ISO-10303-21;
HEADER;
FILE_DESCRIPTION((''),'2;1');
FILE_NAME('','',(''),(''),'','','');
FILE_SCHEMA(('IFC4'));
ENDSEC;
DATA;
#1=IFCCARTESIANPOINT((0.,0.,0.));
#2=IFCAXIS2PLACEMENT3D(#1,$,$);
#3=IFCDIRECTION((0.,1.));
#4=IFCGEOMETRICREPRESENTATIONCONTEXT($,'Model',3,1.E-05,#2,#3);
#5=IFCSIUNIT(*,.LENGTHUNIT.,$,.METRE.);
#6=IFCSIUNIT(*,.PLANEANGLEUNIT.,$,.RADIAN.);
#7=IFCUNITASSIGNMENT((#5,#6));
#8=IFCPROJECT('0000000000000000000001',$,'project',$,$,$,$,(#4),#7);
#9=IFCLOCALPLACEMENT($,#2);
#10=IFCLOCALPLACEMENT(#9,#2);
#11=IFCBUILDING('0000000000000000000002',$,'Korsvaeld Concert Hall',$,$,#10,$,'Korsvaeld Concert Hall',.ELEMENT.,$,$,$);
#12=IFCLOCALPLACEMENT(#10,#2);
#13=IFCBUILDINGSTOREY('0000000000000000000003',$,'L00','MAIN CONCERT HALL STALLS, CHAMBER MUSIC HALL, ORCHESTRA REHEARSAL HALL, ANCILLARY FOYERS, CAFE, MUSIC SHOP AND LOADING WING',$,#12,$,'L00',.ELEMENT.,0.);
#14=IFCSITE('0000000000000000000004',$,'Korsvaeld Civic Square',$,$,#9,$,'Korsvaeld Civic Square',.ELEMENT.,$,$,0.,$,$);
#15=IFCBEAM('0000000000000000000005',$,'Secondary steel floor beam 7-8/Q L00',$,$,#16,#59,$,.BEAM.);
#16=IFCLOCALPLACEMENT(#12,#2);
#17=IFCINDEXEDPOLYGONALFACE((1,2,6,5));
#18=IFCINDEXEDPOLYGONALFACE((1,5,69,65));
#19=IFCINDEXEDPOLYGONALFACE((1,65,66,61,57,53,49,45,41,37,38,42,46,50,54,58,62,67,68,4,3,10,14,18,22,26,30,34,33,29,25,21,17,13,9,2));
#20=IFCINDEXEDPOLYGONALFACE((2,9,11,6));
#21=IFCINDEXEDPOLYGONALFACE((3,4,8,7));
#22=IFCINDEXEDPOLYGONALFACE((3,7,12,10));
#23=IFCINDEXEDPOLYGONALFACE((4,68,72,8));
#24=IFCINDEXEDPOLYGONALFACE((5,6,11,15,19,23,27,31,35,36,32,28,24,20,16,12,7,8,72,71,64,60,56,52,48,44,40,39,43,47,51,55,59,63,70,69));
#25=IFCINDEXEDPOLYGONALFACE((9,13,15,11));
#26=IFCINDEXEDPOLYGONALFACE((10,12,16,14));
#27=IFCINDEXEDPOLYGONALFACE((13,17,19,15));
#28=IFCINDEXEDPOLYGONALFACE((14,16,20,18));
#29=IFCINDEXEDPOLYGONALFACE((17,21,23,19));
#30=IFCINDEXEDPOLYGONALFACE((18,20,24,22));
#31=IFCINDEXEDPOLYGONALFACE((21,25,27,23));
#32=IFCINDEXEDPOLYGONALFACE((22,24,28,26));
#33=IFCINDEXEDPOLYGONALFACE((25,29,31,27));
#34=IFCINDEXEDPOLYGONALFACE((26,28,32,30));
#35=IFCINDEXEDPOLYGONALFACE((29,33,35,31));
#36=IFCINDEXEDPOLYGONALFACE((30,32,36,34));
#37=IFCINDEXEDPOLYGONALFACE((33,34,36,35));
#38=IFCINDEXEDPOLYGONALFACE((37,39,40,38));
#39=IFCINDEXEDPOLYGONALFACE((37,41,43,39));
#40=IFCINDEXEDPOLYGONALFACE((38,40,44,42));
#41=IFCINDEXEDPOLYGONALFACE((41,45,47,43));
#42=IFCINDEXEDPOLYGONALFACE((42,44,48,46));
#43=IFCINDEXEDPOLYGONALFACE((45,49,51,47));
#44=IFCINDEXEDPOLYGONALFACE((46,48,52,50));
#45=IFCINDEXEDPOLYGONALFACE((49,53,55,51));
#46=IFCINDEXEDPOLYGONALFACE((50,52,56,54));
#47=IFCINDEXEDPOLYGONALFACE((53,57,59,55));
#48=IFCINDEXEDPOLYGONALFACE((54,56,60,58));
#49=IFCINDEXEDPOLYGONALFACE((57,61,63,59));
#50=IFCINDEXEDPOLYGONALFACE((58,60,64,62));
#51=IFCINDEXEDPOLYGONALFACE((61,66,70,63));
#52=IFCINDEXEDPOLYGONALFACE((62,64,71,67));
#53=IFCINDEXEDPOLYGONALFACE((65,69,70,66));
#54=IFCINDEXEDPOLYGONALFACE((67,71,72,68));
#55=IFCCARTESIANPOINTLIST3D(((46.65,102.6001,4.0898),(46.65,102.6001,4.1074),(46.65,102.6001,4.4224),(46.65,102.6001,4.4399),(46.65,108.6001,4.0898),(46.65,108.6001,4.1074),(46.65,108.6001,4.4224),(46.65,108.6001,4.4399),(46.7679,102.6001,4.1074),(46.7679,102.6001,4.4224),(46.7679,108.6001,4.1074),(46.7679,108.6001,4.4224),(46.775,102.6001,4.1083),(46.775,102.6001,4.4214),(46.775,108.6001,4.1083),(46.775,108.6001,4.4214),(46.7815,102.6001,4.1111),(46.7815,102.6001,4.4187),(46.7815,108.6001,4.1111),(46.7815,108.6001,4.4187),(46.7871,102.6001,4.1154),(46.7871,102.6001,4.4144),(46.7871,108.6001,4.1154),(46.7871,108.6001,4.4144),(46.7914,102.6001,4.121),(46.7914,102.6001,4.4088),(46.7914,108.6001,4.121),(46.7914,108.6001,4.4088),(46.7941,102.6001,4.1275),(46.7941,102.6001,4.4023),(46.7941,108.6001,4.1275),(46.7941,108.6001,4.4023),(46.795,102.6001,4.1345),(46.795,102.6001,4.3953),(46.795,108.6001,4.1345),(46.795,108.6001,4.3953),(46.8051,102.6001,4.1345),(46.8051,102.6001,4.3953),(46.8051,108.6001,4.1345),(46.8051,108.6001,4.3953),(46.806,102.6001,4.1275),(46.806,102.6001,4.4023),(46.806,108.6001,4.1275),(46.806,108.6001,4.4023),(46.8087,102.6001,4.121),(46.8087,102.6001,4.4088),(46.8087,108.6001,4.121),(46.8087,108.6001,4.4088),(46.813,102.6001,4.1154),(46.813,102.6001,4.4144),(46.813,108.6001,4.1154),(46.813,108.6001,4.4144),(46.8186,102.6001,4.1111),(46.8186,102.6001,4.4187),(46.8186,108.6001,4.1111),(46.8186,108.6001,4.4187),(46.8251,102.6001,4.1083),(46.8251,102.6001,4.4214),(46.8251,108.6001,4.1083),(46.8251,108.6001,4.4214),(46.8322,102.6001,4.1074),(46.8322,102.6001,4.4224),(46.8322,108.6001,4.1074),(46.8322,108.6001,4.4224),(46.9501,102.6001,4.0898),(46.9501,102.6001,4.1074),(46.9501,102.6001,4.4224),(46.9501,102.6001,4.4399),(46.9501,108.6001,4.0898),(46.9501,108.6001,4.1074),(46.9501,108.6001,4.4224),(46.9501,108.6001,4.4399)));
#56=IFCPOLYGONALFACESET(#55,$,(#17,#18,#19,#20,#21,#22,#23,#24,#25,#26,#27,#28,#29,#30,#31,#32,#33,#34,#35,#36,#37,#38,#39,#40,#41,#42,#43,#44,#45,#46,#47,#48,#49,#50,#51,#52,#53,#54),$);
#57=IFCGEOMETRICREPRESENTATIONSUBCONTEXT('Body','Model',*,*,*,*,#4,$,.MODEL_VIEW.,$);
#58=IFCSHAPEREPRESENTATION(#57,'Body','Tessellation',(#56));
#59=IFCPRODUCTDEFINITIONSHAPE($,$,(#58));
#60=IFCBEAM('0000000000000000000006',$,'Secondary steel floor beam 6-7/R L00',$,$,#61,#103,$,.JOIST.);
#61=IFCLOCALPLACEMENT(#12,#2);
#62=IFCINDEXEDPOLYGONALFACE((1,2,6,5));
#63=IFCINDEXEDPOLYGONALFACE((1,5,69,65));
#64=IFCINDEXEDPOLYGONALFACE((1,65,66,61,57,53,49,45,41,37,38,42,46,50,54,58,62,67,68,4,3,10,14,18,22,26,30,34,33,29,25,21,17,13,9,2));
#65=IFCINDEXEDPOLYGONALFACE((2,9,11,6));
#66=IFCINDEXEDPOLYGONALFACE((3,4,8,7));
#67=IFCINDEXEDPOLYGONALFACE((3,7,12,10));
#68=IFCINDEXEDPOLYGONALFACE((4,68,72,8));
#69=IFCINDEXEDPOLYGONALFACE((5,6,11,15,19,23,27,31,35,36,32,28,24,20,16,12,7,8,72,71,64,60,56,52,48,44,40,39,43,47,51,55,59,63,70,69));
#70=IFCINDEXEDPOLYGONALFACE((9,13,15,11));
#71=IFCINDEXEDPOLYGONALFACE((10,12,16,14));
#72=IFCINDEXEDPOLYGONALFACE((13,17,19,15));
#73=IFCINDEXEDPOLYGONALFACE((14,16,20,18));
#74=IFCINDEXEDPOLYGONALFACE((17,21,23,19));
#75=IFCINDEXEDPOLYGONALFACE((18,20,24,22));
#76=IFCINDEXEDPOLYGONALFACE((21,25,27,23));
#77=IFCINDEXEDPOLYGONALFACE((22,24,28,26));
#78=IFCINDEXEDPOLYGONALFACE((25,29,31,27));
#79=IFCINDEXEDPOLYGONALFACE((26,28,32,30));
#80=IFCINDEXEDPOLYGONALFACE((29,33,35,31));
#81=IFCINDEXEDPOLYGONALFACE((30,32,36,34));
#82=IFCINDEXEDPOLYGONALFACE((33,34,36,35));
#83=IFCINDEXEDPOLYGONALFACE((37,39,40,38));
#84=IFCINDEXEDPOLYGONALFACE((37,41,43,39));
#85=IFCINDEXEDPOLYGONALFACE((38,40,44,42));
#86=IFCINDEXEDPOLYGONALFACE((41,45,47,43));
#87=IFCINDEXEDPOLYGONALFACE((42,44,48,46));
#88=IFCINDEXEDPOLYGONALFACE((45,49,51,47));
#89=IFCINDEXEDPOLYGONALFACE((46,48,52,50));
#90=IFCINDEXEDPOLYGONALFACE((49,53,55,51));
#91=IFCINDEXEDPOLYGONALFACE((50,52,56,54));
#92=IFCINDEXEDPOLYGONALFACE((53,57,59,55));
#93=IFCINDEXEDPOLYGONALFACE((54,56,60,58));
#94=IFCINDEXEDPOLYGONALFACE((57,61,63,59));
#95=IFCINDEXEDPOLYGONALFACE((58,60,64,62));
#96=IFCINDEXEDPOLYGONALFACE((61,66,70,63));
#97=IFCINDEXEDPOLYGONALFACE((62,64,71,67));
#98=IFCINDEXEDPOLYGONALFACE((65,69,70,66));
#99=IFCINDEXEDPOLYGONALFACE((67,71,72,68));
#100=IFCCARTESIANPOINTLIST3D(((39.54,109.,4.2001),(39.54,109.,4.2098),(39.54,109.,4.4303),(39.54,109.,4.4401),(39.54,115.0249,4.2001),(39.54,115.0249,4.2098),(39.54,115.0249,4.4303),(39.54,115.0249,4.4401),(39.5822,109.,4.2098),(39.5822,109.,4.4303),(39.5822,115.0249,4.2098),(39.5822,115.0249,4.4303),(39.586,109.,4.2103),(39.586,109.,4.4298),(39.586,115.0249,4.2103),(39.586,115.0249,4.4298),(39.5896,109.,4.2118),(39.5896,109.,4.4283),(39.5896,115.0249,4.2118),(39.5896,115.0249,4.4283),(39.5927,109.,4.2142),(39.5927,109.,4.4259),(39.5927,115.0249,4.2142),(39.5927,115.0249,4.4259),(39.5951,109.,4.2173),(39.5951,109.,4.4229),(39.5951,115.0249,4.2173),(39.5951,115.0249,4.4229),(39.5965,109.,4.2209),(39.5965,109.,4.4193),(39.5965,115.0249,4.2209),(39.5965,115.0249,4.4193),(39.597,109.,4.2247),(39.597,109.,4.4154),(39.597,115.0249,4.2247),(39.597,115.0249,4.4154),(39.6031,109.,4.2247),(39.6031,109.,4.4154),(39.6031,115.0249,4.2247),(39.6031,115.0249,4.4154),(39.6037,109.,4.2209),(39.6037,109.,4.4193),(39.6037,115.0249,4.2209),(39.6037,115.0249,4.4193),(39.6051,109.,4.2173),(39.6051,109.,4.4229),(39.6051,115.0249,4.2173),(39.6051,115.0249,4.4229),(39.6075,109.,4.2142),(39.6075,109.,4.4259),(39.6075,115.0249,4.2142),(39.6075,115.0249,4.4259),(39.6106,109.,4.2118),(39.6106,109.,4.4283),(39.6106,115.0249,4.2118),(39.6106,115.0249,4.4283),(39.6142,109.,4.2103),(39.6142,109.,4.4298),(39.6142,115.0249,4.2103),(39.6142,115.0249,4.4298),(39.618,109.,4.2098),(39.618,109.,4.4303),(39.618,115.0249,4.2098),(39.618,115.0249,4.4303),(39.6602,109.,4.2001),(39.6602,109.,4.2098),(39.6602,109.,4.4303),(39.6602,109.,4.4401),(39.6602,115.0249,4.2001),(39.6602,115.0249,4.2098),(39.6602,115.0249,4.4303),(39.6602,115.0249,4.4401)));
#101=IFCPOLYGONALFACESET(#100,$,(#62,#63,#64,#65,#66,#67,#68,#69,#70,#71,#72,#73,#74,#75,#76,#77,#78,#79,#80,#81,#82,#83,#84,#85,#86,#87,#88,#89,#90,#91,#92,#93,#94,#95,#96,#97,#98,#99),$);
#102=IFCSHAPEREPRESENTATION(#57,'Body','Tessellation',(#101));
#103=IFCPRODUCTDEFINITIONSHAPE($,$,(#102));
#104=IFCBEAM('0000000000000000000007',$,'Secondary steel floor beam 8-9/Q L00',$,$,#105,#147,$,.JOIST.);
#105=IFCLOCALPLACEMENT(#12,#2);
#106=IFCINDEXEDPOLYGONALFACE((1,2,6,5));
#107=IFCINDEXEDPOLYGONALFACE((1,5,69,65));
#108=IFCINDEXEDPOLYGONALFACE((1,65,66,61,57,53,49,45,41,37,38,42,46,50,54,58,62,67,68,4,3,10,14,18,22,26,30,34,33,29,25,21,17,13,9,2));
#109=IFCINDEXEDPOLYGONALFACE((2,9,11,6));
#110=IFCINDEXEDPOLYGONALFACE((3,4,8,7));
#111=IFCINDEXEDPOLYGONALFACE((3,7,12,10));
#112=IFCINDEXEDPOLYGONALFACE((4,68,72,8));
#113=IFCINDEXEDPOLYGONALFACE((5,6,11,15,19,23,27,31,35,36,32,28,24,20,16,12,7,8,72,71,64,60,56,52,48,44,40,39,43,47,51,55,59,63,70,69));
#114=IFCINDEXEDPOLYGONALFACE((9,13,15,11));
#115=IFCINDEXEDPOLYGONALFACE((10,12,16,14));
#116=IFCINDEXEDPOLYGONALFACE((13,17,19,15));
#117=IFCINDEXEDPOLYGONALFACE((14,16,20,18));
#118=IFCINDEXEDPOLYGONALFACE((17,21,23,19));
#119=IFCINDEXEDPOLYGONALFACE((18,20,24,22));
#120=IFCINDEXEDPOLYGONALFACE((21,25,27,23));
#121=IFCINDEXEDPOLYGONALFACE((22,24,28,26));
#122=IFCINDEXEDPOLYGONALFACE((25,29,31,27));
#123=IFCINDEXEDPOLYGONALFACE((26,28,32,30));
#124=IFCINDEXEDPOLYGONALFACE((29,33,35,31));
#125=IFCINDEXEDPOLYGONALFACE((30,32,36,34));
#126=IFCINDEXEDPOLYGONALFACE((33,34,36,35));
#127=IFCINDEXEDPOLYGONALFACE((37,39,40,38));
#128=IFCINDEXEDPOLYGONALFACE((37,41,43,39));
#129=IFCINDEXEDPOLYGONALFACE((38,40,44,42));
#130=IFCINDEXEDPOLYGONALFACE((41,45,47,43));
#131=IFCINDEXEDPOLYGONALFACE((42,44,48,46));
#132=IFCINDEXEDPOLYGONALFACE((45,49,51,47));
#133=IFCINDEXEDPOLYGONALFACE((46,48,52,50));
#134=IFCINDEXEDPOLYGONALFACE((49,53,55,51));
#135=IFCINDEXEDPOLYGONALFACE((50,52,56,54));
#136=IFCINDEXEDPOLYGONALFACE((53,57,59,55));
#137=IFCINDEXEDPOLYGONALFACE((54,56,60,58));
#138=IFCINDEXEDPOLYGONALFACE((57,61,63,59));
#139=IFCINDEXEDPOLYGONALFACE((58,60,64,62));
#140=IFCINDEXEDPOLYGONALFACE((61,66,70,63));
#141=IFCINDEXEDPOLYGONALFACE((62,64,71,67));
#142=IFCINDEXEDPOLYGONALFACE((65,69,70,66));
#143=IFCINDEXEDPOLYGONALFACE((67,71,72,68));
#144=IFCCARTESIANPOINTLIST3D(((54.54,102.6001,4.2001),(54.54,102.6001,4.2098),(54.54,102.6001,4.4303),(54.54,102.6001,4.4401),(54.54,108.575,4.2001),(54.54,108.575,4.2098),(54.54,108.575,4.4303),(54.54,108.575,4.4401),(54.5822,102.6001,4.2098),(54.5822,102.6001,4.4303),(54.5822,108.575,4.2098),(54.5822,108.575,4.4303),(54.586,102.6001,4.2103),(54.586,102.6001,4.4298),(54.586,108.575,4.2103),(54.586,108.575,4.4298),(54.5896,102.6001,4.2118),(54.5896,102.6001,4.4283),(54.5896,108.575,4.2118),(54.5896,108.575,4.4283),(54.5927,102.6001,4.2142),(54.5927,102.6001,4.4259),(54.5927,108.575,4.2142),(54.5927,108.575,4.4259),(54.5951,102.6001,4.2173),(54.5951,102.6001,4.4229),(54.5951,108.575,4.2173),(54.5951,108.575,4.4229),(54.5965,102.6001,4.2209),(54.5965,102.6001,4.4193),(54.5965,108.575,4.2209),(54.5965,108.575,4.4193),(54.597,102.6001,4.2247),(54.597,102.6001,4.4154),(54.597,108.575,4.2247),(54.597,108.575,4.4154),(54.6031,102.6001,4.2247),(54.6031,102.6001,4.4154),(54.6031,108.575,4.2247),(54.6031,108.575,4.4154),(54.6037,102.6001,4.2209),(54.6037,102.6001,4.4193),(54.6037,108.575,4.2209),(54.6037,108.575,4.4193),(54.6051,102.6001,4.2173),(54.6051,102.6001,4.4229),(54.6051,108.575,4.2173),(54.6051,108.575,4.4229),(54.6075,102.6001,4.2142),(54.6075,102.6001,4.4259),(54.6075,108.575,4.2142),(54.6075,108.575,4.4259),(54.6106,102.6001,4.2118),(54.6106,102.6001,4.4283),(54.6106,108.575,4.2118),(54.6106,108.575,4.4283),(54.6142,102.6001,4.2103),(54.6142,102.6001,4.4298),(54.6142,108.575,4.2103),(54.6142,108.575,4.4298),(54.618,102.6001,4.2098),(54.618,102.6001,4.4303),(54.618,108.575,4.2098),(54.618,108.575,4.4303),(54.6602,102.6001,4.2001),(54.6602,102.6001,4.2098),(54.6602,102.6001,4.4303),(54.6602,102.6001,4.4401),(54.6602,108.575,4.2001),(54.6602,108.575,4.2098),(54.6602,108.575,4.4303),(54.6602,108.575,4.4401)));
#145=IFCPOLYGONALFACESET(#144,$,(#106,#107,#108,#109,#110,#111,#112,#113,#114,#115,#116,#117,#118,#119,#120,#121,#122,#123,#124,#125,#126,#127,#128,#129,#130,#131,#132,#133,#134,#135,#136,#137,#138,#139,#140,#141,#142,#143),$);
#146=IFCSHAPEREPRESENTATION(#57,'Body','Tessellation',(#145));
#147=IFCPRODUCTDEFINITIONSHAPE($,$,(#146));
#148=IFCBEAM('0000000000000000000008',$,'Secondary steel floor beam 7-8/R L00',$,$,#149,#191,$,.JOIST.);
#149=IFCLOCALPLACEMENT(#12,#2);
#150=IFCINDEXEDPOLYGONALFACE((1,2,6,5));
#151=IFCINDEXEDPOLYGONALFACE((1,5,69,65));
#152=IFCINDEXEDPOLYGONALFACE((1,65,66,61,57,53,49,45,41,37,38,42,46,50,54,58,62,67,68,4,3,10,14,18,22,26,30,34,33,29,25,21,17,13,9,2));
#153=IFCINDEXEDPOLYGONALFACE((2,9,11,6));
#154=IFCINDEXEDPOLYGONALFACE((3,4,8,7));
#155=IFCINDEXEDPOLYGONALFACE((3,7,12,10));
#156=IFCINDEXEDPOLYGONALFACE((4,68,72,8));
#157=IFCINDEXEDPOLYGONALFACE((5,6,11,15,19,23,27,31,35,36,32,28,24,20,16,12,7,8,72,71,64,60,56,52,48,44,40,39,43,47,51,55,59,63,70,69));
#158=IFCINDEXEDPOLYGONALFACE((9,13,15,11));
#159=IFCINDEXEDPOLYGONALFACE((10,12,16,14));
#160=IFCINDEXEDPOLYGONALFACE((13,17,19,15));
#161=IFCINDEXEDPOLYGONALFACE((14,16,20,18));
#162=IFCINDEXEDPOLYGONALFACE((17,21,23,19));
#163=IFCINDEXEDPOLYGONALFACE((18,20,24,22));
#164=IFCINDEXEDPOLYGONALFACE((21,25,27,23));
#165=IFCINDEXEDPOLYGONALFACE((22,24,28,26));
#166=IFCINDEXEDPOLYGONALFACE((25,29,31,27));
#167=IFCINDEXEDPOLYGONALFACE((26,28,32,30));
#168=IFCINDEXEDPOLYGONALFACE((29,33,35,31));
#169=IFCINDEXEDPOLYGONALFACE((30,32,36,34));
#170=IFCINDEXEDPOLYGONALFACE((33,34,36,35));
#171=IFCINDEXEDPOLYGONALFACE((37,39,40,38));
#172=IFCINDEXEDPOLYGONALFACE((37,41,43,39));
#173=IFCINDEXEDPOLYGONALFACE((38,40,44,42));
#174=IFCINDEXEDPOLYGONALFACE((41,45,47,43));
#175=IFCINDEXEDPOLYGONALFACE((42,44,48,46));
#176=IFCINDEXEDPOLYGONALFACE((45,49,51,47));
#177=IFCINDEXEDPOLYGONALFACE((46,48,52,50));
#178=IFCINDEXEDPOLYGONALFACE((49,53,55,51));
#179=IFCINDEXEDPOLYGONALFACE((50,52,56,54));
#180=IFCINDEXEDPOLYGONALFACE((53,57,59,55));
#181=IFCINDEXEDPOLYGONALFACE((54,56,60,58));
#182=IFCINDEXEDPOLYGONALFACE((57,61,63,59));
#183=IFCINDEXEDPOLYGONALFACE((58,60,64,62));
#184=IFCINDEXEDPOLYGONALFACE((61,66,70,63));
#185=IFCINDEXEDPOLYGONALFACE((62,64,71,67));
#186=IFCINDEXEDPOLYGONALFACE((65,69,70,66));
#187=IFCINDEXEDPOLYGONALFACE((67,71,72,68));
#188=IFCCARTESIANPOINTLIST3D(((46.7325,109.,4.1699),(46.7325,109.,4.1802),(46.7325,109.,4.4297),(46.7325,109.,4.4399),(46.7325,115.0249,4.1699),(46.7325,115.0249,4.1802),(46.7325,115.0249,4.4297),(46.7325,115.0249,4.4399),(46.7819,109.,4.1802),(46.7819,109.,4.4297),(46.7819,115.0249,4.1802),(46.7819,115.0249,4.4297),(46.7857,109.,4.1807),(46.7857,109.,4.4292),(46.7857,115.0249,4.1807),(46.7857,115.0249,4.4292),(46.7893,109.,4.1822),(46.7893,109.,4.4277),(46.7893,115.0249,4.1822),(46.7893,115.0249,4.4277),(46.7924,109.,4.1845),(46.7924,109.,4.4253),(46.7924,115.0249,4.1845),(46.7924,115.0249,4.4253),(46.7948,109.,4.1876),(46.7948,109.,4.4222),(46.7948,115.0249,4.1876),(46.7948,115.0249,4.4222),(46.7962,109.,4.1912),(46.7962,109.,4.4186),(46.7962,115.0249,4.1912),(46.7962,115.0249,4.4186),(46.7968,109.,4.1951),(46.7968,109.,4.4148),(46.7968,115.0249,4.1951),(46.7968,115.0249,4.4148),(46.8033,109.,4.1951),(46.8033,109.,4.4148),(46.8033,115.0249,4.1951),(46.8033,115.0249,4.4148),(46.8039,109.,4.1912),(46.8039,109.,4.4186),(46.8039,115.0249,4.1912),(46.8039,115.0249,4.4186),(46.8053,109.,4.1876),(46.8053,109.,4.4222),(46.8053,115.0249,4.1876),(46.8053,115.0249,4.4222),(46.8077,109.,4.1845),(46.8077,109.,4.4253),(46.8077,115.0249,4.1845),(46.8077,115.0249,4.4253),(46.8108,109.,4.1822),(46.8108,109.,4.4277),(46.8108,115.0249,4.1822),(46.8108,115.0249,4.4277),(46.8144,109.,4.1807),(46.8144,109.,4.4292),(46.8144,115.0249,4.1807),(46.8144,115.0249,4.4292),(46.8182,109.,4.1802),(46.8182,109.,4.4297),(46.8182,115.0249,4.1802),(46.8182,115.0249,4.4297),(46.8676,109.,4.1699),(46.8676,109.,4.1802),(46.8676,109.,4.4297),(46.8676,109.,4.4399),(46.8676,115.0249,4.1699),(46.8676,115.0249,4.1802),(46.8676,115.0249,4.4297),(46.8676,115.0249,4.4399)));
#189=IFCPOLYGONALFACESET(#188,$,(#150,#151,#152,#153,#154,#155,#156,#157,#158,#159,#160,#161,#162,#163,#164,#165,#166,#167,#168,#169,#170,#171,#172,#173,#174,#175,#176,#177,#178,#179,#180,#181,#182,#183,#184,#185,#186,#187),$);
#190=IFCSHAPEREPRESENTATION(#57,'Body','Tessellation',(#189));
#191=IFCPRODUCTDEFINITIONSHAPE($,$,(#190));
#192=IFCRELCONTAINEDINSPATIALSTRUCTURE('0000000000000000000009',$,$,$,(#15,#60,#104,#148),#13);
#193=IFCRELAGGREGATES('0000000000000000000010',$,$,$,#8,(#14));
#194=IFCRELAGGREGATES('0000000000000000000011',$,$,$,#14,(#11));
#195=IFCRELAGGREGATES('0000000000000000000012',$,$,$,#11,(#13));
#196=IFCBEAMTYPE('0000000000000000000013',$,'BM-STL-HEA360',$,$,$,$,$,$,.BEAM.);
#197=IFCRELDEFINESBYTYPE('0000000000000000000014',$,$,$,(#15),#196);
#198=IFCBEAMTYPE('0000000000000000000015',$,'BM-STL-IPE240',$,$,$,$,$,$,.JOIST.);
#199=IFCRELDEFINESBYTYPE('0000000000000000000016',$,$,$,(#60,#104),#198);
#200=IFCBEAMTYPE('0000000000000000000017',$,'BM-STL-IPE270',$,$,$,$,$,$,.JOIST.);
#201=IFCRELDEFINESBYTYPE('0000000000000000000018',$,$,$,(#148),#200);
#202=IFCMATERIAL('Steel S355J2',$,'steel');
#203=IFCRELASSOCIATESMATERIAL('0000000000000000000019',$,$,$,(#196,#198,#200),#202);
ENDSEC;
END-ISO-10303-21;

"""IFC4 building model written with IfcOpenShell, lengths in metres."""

from ifc_helpers import new_model, si_unit, direction, frame, origin, origin_2d, place, context, subcontext, project, spatial, i_section, extrude, material, material_profile, profile_set, type_object, element, save


model = new_model("IFC4")

# Units and contexts
model_context = context("Model", 3, precision=1e-05, world=origin(), true_north=direction((0.0, 1.0)))
body_context = subcontext(model_context, "Body", "Model", "MODEL_VIEW")
ifc_project = project(units=[si_unit("LENGTHUNIT", "METRE"), si_unit("PLANEANGLEUNIT", "RADIAN")], contexts=[model_context])

# Site, building, storey
site_placement = place(None, origin())
site = spatial("IfcSite", under=ifc_project, at=site_placement, Name="Korsvaeld Civic Square", LongName="Korsvaeld Civic Square", CompositionType="ELEMENT", RefElevation=0.0)
building_placement = place(site_placement, origin())
building = spatial("IfcBuilding", under=site, at=building_placement, Name="Korsvaeld Concert Hall", LongName="Korsvaeld Concert Hall", CompositionType="ELEMENT")
storey_placement = place(building_placement, origin())
storey = spatial("IfcBuildingStorey", under=building, at=storey_placement, Name="L00", Description="MAIN CONCERT HALL STALLS, CHAMBER MUSIC HALL, ORCHESTRA REHEARSAL HALL, ANCILLARY FOYERS, CAFE, MUSIC SHOP AND LOADING WING", LongName="L00", CompositionType="ELEMENT", Elevation=0.0)

# Beams
ifc_material_1 = material(Name="Steel S355J2", Category="steel")
ifc_material_profile_1 = material_profile(ifc_material_1, i_section(OverallWidth=0.3, OverallDepth=0.3501, WebThickness=0.01, FlangeThickness=0.0176, FilletRadius=0.0271, at=origin_2d()), Name="HEA 360")
ifc_profile_set_1 = profile_set([ifc_material_profile_1], Name="Steel S355J2")
beam_type_1 = type_object("IfcBeamType", Name="BM-STL-HEA360", PredefinedType="BEAM", material=ifc_profile_set_1)
beam_1_placement = place(storey_placement, frame((46.8, 102.6001, 4.2649), z_axis=(0.0, 1.0, 0.0), x_axis=(-1.0, 0.0, 0.0)))
element("IfcBeam", 1, at=beam_1_placement, inside=storey, type_object=beam_type_1, Name="Secondary steel floor beam 7-8/Q L00", PredefinedType="BEAM", context=body_context, shape_type="SweptSolid", body=[
    extrude(i_section(OverallWidth=0.3, OverallDepth=0.3501, WebThickness=0.01, FlangeThickness=0.0176, FilletRadius=0.0271, at=origin_2d()), origin(), (0.0, 0.0, 1.0), 6.0),
])
ifc_material_profile_2 = material_profile(ifc_material_1, i_section(OverallWidth=0.1201, OverallDepth=0.24, WebThickness=0.0061, FlangeThickness=0.0098, FilletRadius=0.0149, at=origin_2d()), Name="IPE 240")
ifc_profile_set_2 = profile_set([ifc_material_profile_2], Name="Steel S355J2")
beam_type_2 = type_object("IfcBeamType", Name="BM-STL-IPE240", PredefinedType="JOIST", material=ifc_profile_set_2)
beam_2_placement = place(storey_placement, frame((39.6001, 109.0, 4.3201), z_axis=(0.0, 1.0, 0.0), x_axis=(-1.0, 0.0, 0.0)))
element("IfcBeam", 2, at=beam_2_placement, inside=storey, type_object=beam_type_2, Name="Secondary steel floor beam 6-7/R L00", PredefinedType="JOIST", context=body_context, shape_type="SweptSolid", body=[
    extrude(i_section(OverallWidth=0.1201, OverallDepth=0.24, WebThickness=0.0061, FlangeThickness=0.0098, FilletRadius=0.0149, at=origin_2d()), origin(), (0.0, 0.0, 1.0), 6.0249),
])
beam_3_placement = place(storey_placement, frame((54.6001, 102.6001, 4.3201), z_axis=(0.0, 1.0, 0.0), x_axis=(-1.0, 0.0, 0.0)))
element("IfcBeam", 3, at=beam_3_placement, inside=storey, type_object=beam_type_2, Name="Secondary steel floor beam 8-9/Q L00", PredefinedType="JOIST", context=body_context, shape_type="SweptSolid", body=[
    extrude(i_section(OverallWidth=0.1201, OverallDepth=0.24, WebThickness=0.0061, FlangeThickness=0.0098, FilletRadius=0.0149, at=origin_2d()), origin(), (0.0, 0.0, 1.0), 5.9749),
])
ifc_material_profile_3 = material_profile(ifc_material_1, i_section(OverallWidth=0.135, OverallDepth=0.27, WebThickness=0.0066, FlangeThickness=0.0103, FilletRadius=0.0149, at=origin_2d()), Name="IPE 270")
ifc_profile_set_3 = profile_set([ifc_material_profile_3], Name="Steel S355J2")
beam_type_3 = type_object("IfcBeamType", Name="BM-STL-IPE270", PredefinedType="JOIST", material=ifc_profile_set_3)
beam_4_placement = place(storey_placement, frame((46.8, 109.0, 4.3049), z_axis=(0.0, 1.0, 0.0), x_axis=(-1.0, 0.0, 0.0)))
element("IfcBeam", 4, at=beam_4_placement, inside=storey, type_object=beam_type_3, Name="Secondary steel floor beam 7-8/R L00", PredefinedType="JOIST", context=body_context, shape_type="SweptSolid", body=[
    extrude(i_section(OverallWidth=0.135, OverallDepth=0.27, WebThickness=0.0066, FlangeThickness=0.0103, FilletRadius=0.0149, at=origin_2d()), origin(), (0.0, 0.0, 1.0), 6.0249),
])

save(model, "model.ifc")
